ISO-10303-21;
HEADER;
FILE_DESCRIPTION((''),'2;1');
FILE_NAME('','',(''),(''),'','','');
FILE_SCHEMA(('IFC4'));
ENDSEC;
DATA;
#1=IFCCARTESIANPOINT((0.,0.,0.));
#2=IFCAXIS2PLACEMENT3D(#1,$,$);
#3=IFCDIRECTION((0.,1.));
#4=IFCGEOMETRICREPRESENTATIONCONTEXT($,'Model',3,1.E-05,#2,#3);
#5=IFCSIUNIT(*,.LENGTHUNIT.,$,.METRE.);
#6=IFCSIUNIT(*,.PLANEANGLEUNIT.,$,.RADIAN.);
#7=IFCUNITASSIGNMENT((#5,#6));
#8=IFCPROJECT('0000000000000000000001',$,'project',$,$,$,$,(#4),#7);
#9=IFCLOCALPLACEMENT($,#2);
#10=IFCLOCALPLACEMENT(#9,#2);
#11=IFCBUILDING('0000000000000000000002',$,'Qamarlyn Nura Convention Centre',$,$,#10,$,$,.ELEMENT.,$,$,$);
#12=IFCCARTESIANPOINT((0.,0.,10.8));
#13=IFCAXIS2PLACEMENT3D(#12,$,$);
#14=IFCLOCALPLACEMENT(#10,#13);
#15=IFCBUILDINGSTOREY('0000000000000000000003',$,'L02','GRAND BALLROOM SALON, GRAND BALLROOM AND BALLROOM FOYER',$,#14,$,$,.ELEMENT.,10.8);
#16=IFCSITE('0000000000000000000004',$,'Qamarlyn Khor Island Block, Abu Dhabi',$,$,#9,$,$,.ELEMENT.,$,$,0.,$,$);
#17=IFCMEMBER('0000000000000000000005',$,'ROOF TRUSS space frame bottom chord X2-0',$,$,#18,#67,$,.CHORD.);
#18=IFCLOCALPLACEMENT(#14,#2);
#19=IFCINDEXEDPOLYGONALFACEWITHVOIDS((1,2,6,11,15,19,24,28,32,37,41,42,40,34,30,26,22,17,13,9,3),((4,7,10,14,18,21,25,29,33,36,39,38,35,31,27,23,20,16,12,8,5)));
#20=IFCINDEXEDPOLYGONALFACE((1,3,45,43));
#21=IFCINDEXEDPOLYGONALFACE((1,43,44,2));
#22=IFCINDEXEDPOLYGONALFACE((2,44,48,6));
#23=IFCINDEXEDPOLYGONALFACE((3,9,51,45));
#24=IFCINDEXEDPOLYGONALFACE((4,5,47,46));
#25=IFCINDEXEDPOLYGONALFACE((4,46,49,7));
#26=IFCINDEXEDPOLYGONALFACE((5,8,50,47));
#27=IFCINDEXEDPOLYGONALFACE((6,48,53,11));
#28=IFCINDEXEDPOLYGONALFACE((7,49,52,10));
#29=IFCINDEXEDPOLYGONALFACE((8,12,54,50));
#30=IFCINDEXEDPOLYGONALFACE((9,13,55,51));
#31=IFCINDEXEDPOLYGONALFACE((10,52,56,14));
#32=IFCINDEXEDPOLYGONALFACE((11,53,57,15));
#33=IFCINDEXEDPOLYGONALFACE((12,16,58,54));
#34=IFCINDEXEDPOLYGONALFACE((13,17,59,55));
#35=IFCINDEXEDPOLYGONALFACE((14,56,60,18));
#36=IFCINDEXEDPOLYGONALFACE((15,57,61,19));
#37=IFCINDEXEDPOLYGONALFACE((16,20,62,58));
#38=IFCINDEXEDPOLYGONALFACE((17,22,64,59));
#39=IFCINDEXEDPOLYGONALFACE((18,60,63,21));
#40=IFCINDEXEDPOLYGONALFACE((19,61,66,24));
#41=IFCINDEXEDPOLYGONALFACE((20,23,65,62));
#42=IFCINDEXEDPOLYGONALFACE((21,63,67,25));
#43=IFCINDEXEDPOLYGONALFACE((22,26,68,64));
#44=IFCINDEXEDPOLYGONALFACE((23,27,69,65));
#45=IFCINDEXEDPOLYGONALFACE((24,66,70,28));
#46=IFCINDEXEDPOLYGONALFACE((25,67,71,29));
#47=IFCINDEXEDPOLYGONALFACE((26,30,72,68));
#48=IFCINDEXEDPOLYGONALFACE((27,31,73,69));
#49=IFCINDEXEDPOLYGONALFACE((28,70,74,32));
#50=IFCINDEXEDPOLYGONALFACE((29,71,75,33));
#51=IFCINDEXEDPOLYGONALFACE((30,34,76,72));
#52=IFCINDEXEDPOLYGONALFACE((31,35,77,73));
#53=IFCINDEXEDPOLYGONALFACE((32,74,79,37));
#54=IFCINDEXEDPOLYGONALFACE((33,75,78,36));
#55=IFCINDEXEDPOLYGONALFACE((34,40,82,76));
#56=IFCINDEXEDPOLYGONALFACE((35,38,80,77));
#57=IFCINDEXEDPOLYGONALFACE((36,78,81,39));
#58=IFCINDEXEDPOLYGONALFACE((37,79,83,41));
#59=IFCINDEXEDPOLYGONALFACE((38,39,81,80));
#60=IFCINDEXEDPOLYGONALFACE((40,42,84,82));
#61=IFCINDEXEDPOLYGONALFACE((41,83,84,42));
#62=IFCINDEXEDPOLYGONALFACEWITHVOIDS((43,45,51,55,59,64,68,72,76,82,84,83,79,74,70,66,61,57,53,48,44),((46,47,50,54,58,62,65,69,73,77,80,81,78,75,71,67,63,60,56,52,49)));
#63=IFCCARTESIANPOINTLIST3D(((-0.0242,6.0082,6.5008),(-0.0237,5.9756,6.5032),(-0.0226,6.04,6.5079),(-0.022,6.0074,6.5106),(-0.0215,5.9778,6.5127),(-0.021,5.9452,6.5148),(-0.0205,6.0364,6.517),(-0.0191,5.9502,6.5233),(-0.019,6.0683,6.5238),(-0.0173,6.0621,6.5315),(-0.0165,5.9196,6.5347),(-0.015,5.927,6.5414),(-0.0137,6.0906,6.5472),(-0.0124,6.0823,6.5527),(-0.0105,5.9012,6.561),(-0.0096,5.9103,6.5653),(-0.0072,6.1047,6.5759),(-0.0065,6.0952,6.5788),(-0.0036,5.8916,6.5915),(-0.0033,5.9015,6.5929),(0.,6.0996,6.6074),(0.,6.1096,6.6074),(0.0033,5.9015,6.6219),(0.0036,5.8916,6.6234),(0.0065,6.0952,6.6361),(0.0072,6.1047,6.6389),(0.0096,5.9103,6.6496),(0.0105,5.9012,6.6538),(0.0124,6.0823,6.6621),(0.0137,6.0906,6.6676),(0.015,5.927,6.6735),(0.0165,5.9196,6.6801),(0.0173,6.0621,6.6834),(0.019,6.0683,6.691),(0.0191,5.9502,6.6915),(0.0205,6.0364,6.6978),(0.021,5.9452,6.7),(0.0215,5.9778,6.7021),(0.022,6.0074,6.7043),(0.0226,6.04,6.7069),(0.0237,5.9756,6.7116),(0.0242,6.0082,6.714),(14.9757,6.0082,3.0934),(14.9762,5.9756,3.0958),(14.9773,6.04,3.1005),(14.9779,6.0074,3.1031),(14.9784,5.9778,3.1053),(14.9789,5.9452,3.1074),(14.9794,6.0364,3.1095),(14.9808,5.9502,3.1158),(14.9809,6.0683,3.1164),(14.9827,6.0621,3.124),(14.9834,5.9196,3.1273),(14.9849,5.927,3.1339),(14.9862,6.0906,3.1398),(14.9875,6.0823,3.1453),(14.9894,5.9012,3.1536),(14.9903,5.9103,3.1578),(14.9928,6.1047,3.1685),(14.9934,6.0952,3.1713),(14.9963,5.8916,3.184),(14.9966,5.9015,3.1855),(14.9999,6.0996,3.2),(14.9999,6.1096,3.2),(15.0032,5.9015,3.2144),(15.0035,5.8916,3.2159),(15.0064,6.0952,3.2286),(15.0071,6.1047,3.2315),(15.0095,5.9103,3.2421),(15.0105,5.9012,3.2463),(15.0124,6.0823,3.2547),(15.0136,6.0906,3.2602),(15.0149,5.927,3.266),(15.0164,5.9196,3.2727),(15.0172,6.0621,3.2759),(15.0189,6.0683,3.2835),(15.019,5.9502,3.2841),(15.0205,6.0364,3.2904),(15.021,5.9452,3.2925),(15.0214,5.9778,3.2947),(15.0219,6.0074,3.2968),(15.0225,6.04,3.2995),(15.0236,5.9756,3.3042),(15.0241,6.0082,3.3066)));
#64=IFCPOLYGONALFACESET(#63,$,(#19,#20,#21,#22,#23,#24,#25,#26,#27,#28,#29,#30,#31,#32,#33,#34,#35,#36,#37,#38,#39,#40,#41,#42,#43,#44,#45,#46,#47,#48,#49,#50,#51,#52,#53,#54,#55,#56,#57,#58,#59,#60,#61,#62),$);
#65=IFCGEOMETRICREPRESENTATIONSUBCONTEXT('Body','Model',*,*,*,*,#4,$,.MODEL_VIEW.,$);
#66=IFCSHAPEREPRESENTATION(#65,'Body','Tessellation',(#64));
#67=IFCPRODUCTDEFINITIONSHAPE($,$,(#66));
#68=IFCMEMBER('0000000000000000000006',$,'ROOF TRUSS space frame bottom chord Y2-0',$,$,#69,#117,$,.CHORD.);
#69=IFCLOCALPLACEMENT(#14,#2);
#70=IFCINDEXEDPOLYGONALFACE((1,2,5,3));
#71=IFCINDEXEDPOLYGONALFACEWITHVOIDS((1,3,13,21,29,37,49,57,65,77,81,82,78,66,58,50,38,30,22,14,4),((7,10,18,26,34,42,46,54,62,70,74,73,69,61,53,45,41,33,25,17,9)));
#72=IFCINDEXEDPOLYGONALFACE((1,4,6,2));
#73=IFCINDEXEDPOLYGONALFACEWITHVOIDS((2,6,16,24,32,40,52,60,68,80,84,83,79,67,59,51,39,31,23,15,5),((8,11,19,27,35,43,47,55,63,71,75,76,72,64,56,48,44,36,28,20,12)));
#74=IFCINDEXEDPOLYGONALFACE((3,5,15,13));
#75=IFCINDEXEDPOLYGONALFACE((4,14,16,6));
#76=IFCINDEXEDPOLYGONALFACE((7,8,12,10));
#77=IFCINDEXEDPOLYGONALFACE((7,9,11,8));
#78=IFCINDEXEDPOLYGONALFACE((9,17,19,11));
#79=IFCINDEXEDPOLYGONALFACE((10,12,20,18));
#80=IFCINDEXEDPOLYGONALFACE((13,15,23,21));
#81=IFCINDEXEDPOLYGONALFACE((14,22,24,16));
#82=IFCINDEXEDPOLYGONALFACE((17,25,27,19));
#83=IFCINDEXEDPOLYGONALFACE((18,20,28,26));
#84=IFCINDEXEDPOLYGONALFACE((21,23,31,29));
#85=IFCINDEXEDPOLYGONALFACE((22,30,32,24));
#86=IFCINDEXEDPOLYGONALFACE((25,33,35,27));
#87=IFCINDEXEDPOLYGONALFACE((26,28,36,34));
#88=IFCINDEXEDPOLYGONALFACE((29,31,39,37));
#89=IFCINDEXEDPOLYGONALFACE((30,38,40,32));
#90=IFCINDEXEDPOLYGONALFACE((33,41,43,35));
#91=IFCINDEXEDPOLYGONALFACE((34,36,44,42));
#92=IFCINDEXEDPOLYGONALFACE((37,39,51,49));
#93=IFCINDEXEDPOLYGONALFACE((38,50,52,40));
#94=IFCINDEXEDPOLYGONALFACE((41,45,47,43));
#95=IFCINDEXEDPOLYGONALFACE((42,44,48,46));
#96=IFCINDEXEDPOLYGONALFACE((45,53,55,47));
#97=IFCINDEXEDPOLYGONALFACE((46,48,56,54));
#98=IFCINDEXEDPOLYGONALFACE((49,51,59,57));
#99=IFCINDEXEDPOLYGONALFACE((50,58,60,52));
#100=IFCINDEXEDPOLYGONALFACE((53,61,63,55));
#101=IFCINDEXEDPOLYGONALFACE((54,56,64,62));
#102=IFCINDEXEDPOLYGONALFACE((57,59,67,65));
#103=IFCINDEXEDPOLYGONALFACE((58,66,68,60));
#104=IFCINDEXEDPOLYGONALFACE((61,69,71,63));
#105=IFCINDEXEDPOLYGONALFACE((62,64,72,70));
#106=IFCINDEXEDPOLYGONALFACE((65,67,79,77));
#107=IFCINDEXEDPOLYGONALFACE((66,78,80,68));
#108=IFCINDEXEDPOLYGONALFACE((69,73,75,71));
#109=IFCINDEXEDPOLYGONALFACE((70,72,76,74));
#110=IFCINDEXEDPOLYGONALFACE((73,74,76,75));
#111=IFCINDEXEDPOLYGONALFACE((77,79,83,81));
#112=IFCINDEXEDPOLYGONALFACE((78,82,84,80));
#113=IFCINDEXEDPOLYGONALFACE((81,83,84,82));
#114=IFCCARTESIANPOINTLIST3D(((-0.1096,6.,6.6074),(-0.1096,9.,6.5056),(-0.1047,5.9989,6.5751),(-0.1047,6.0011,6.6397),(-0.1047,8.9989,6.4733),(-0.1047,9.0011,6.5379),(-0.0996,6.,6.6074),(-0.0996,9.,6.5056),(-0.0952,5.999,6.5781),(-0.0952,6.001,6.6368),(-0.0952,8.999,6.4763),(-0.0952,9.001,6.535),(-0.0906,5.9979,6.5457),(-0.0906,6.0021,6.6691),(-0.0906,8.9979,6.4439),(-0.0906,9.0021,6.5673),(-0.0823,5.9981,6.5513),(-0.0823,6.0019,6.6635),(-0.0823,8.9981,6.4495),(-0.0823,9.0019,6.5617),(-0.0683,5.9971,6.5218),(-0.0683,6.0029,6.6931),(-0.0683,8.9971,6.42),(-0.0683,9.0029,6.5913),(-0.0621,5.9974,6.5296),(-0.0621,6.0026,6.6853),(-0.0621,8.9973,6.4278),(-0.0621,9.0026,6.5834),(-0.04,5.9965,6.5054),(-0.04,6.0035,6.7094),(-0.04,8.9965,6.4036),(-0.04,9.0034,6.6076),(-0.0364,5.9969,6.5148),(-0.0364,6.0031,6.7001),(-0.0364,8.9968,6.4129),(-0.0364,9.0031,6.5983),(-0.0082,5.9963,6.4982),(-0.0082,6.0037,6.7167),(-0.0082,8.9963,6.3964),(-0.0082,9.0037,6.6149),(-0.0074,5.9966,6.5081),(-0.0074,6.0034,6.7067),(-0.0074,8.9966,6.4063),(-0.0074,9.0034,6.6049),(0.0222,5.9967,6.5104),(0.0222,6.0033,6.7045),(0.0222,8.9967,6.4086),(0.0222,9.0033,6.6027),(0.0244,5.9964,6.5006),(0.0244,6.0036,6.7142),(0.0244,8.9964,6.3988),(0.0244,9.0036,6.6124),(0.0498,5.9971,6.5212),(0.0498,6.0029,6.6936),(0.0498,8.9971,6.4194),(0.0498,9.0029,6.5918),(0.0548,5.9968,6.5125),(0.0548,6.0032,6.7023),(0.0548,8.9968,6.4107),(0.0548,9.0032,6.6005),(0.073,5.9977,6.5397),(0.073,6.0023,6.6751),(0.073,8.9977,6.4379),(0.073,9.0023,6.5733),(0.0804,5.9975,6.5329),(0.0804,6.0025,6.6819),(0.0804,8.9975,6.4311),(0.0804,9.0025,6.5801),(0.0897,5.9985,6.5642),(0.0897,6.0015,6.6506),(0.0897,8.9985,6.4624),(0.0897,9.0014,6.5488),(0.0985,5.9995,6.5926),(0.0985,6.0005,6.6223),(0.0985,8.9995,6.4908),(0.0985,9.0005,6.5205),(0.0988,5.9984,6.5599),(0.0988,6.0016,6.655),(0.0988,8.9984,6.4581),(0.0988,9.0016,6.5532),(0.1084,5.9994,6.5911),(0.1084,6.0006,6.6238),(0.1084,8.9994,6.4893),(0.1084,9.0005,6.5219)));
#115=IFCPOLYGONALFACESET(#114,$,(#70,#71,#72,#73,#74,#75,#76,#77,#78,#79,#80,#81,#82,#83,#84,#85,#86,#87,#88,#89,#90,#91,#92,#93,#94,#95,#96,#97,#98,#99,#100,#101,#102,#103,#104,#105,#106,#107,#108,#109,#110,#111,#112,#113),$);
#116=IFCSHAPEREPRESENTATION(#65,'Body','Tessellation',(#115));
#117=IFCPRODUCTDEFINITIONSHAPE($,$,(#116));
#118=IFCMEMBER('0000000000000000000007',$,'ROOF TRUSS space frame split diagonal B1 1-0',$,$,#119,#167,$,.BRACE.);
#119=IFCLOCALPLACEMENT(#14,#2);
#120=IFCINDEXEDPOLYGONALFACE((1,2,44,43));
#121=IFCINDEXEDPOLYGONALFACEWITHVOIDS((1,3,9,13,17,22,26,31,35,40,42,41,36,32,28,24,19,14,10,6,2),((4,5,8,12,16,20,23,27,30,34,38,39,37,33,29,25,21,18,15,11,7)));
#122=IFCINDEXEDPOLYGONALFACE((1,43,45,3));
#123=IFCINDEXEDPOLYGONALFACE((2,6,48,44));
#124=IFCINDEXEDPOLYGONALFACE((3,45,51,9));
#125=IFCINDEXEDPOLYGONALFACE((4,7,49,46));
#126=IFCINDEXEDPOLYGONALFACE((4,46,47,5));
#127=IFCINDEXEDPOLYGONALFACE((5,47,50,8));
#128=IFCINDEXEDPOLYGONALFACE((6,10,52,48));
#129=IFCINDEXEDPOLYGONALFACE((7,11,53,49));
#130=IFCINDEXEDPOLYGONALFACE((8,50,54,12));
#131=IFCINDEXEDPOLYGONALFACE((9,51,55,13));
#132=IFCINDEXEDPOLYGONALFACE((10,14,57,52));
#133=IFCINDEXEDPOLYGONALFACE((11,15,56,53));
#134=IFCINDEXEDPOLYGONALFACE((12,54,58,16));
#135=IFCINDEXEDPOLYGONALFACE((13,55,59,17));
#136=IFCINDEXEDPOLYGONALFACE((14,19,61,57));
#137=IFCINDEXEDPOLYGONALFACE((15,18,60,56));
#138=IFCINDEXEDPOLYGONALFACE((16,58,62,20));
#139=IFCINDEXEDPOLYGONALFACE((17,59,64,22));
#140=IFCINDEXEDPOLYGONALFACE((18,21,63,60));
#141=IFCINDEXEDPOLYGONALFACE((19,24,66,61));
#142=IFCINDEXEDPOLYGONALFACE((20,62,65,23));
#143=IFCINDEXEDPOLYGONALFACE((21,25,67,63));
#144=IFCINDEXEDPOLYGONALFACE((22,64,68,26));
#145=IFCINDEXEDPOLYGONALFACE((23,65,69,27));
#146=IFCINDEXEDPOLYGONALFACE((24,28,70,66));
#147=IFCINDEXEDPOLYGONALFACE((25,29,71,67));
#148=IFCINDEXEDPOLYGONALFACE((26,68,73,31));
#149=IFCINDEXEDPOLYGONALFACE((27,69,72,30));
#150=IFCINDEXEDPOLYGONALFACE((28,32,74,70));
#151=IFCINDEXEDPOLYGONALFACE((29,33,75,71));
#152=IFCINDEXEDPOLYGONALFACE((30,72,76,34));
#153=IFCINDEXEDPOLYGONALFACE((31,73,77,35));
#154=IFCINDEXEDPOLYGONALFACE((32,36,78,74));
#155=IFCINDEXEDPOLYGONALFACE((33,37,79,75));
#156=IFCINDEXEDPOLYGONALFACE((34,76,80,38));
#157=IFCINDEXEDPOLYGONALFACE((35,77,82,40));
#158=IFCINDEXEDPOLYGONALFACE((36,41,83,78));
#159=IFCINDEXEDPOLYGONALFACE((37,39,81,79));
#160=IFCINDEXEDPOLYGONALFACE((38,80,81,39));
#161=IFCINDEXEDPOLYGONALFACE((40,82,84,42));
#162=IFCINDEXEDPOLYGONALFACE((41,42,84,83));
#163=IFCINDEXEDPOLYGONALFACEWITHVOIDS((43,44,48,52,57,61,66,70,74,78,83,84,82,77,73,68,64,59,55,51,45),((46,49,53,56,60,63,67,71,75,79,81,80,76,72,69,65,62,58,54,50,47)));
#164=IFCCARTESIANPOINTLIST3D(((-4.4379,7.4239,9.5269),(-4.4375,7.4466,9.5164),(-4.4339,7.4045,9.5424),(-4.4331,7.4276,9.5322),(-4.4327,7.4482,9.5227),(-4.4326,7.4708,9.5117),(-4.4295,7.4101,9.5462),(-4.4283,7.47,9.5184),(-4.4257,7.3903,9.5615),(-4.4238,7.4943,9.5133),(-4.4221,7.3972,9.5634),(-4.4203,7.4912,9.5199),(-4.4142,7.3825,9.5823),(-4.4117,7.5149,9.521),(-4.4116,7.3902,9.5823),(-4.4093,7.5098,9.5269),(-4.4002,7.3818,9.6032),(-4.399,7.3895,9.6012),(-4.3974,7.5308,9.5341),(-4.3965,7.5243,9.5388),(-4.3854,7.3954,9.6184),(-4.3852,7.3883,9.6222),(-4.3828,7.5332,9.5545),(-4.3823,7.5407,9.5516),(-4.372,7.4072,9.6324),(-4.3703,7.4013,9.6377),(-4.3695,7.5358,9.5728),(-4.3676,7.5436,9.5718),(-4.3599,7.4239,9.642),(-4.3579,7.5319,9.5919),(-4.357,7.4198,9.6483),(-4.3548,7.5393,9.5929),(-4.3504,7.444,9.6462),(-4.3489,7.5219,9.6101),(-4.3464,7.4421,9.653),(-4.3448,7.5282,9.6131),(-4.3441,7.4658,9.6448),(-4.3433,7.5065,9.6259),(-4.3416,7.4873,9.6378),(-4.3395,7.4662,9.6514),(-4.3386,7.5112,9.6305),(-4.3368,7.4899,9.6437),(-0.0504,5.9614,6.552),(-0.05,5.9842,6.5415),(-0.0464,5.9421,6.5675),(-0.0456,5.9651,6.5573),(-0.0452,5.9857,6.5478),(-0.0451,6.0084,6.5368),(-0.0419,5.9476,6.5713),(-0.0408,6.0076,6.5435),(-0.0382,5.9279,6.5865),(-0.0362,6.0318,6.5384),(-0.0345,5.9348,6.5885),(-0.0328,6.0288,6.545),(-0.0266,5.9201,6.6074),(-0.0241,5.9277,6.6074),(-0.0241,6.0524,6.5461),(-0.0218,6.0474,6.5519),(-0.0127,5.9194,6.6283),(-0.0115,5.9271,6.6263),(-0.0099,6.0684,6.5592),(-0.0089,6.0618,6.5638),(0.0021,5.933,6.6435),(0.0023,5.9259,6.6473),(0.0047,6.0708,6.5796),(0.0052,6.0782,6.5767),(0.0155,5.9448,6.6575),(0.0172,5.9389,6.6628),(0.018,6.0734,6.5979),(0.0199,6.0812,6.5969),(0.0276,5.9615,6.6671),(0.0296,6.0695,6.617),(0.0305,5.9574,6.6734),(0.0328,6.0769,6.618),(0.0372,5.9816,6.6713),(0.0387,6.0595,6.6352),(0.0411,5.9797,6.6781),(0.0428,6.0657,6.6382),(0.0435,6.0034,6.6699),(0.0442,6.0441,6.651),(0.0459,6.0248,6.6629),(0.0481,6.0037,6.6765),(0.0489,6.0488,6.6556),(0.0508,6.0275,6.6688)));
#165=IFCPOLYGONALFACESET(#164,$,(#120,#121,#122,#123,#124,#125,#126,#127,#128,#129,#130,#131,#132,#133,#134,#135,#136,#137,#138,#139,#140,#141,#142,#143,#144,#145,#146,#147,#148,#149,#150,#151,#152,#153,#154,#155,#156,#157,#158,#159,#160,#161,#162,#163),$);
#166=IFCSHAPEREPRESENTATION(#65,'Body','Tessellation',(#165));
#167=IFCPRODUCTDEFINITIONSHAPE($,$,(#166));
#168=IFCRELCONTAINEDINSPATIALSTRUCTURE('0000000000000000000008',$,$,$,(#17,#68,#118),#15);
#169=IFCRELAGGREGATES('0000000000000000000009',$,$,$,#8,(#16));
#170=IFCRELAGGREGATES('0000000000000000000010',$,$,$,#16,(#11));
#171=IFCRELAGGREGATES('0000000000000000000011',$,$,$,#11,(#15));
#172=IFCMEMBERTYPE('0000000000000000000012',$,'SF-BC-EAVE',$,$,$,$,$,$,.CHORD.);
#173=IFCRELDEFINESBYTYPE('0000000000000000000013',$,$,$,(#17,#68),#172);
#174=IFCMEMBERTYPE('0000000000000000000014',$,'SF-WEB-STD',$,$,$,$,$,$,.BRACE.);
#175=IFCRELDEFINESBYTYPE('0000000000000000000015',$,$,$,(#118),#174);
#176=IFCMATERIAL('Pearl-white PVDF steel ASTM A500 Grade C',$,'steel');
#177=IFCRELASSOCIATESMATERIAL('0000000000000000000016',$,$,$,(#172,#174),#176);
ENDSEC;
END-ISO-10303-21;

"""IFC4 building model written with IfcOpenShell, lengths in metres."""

from ifc_helpers import new_model, si_unit, direction, frame, origin, origin_2d, place, context, subcontext, project, spatial, hollow_circle, extrude, material, material_profile, profile_set, type_object, element, save


model = new_model("IFC4")

# Units and contexts
model_context = context("Model", 3, precision=1e-05, world=origin(), true_north=direction((0.0, 1.0)))
body_context = subcontext(model_context, "Body", "Model", "MODEL_VIEW")
ifc_project = project(units=[si_unit("LENGTHUNIT", "METRE"), si_unit("PLANEANGLEUNIT", "RADIAN")], contexts=[model_context])

# Site, building, storey
site_placement = place(None, origin())
site = spatial("IfcSite", under=ifc_project, at=site_placement, Name="Qamarlyn Khor Island Block, Abu Dhabi", CompositionType="ELEMENT", RefElevation=0.0)
building_placement = place(site_placement, origin())
building = spatial("IfcBuilding", under=site, at=building_placement, Name="Qamarlyn Nura Convention Centre", CompositionType="ELEMENT")
storey_placement = place(building_placement, frame((0.0, 0.0, 10.8)))
storey = spatial("IfcBuildingStorey", under=building, at=storey_placement, Name="L02", Description="GRAND BALLROOM SALON, GRAND BALLROOM AND BALLROOM FOYER", CompositionType="ELEMENT", Elevation=10.8)

# Members
ifc_material_1 = material(Name="Pearl-white PVDF steel ASTM A500 Grade C", Category="steel")
ifc_material_profile_1 = material_profile(ifc_material_1, hollow_circle(Radius=0.1096, WallThickness=0.01, at=origin_2d()), Name="CHS219.1X10")
ifc_profile_set_1 = profile_set([ifc_material_profile_1], Name="Pearl-white PVDF steel ASTM A500 Grade C")
member_type_1 = type_object("IfcMemberType", Name="SF-BC-EAVE", PredefinedType="CHORD", material=ifc_profile_set_1)
member_1_placement = place(storey_placement, frame((0.0, 6.0, 6.6074), z_axis=(0.975156, 0.0, -0.221521), x_axis=(0.0, 1.0, 0.0)))
element("IfcMember", 1, at=member_1_placement, inside=storey, type_object=member_type_1, Name="ROOF TRUSS space frame bottom chord X2-0", PredefinedType="CHORD", context=body_context, shape_type="SweptSolid", body=[
    extrude(hollow_circle(Radius=0.1096, WallThickness=0.01, at=origin_2d()), origin(), (0.0, 0.0, 1.0), 15.3821),
])
member_2_placement = place(storey_placement, frame((0.0, 6.0, 6.6074), z_axis=(0.0, 0.999425, -0.033916), x_axis=(-1.0, 0.0, 0.0)))
element("IfcMember", 2, at=member_2_placement, inside=storey, type_object=member_type_1, Name="ROOF TRUSS space frame bottom chord Y2-0", PredefinedType="CHORD", context=body_context, shape_type="SweptSolid", body=[
    extrude(hollow_circle(Radius=0.1096, WallThickness=0.01, at=origin_2d()), origin(), (0.0, 0.0, 1.0), 3.0017),
])
ifc_material_profile_2 = material_profile(ifc_material_1, hollow_circle(Radius=0.0842, WallThickness=0.0081, at=origin_2d()), Name="CHS168.3X8")
ifc_profile_set_2 = profile_set([ifc_material_profile_2], Name="Pearl-white PVDF steel ASTM A500 Grade C")
member_type_2 = type_object("IfcMemberType", Name="SF-WEB-STD", PredefinedType="BRACE", material=ifc_profile_set_2)
member_3_placement = place(storey_placement, frame((0.0, 6.0, 6.6074), z_axis=(-0.797875, 0.265944, 0.540989), x_axis=(-0.316212, -0.948689, 0.0)))
element("IfcMember", 3, at=member_3_placement, inside=storey, type_object=member_type_2, Name="ROOF TRUSS space frame split diagonal B1 1-0", PredefinedType="BRACE", context=body_context, shape_type="SweptSolid", body=[
    extrude(hollow_circle(Radius=0.0842, WallThickness=0.0081, at=origin_2d()), origin(), (0.0, 0.0, 1.0), 5.499),
])

save(model, "model.ifc")
